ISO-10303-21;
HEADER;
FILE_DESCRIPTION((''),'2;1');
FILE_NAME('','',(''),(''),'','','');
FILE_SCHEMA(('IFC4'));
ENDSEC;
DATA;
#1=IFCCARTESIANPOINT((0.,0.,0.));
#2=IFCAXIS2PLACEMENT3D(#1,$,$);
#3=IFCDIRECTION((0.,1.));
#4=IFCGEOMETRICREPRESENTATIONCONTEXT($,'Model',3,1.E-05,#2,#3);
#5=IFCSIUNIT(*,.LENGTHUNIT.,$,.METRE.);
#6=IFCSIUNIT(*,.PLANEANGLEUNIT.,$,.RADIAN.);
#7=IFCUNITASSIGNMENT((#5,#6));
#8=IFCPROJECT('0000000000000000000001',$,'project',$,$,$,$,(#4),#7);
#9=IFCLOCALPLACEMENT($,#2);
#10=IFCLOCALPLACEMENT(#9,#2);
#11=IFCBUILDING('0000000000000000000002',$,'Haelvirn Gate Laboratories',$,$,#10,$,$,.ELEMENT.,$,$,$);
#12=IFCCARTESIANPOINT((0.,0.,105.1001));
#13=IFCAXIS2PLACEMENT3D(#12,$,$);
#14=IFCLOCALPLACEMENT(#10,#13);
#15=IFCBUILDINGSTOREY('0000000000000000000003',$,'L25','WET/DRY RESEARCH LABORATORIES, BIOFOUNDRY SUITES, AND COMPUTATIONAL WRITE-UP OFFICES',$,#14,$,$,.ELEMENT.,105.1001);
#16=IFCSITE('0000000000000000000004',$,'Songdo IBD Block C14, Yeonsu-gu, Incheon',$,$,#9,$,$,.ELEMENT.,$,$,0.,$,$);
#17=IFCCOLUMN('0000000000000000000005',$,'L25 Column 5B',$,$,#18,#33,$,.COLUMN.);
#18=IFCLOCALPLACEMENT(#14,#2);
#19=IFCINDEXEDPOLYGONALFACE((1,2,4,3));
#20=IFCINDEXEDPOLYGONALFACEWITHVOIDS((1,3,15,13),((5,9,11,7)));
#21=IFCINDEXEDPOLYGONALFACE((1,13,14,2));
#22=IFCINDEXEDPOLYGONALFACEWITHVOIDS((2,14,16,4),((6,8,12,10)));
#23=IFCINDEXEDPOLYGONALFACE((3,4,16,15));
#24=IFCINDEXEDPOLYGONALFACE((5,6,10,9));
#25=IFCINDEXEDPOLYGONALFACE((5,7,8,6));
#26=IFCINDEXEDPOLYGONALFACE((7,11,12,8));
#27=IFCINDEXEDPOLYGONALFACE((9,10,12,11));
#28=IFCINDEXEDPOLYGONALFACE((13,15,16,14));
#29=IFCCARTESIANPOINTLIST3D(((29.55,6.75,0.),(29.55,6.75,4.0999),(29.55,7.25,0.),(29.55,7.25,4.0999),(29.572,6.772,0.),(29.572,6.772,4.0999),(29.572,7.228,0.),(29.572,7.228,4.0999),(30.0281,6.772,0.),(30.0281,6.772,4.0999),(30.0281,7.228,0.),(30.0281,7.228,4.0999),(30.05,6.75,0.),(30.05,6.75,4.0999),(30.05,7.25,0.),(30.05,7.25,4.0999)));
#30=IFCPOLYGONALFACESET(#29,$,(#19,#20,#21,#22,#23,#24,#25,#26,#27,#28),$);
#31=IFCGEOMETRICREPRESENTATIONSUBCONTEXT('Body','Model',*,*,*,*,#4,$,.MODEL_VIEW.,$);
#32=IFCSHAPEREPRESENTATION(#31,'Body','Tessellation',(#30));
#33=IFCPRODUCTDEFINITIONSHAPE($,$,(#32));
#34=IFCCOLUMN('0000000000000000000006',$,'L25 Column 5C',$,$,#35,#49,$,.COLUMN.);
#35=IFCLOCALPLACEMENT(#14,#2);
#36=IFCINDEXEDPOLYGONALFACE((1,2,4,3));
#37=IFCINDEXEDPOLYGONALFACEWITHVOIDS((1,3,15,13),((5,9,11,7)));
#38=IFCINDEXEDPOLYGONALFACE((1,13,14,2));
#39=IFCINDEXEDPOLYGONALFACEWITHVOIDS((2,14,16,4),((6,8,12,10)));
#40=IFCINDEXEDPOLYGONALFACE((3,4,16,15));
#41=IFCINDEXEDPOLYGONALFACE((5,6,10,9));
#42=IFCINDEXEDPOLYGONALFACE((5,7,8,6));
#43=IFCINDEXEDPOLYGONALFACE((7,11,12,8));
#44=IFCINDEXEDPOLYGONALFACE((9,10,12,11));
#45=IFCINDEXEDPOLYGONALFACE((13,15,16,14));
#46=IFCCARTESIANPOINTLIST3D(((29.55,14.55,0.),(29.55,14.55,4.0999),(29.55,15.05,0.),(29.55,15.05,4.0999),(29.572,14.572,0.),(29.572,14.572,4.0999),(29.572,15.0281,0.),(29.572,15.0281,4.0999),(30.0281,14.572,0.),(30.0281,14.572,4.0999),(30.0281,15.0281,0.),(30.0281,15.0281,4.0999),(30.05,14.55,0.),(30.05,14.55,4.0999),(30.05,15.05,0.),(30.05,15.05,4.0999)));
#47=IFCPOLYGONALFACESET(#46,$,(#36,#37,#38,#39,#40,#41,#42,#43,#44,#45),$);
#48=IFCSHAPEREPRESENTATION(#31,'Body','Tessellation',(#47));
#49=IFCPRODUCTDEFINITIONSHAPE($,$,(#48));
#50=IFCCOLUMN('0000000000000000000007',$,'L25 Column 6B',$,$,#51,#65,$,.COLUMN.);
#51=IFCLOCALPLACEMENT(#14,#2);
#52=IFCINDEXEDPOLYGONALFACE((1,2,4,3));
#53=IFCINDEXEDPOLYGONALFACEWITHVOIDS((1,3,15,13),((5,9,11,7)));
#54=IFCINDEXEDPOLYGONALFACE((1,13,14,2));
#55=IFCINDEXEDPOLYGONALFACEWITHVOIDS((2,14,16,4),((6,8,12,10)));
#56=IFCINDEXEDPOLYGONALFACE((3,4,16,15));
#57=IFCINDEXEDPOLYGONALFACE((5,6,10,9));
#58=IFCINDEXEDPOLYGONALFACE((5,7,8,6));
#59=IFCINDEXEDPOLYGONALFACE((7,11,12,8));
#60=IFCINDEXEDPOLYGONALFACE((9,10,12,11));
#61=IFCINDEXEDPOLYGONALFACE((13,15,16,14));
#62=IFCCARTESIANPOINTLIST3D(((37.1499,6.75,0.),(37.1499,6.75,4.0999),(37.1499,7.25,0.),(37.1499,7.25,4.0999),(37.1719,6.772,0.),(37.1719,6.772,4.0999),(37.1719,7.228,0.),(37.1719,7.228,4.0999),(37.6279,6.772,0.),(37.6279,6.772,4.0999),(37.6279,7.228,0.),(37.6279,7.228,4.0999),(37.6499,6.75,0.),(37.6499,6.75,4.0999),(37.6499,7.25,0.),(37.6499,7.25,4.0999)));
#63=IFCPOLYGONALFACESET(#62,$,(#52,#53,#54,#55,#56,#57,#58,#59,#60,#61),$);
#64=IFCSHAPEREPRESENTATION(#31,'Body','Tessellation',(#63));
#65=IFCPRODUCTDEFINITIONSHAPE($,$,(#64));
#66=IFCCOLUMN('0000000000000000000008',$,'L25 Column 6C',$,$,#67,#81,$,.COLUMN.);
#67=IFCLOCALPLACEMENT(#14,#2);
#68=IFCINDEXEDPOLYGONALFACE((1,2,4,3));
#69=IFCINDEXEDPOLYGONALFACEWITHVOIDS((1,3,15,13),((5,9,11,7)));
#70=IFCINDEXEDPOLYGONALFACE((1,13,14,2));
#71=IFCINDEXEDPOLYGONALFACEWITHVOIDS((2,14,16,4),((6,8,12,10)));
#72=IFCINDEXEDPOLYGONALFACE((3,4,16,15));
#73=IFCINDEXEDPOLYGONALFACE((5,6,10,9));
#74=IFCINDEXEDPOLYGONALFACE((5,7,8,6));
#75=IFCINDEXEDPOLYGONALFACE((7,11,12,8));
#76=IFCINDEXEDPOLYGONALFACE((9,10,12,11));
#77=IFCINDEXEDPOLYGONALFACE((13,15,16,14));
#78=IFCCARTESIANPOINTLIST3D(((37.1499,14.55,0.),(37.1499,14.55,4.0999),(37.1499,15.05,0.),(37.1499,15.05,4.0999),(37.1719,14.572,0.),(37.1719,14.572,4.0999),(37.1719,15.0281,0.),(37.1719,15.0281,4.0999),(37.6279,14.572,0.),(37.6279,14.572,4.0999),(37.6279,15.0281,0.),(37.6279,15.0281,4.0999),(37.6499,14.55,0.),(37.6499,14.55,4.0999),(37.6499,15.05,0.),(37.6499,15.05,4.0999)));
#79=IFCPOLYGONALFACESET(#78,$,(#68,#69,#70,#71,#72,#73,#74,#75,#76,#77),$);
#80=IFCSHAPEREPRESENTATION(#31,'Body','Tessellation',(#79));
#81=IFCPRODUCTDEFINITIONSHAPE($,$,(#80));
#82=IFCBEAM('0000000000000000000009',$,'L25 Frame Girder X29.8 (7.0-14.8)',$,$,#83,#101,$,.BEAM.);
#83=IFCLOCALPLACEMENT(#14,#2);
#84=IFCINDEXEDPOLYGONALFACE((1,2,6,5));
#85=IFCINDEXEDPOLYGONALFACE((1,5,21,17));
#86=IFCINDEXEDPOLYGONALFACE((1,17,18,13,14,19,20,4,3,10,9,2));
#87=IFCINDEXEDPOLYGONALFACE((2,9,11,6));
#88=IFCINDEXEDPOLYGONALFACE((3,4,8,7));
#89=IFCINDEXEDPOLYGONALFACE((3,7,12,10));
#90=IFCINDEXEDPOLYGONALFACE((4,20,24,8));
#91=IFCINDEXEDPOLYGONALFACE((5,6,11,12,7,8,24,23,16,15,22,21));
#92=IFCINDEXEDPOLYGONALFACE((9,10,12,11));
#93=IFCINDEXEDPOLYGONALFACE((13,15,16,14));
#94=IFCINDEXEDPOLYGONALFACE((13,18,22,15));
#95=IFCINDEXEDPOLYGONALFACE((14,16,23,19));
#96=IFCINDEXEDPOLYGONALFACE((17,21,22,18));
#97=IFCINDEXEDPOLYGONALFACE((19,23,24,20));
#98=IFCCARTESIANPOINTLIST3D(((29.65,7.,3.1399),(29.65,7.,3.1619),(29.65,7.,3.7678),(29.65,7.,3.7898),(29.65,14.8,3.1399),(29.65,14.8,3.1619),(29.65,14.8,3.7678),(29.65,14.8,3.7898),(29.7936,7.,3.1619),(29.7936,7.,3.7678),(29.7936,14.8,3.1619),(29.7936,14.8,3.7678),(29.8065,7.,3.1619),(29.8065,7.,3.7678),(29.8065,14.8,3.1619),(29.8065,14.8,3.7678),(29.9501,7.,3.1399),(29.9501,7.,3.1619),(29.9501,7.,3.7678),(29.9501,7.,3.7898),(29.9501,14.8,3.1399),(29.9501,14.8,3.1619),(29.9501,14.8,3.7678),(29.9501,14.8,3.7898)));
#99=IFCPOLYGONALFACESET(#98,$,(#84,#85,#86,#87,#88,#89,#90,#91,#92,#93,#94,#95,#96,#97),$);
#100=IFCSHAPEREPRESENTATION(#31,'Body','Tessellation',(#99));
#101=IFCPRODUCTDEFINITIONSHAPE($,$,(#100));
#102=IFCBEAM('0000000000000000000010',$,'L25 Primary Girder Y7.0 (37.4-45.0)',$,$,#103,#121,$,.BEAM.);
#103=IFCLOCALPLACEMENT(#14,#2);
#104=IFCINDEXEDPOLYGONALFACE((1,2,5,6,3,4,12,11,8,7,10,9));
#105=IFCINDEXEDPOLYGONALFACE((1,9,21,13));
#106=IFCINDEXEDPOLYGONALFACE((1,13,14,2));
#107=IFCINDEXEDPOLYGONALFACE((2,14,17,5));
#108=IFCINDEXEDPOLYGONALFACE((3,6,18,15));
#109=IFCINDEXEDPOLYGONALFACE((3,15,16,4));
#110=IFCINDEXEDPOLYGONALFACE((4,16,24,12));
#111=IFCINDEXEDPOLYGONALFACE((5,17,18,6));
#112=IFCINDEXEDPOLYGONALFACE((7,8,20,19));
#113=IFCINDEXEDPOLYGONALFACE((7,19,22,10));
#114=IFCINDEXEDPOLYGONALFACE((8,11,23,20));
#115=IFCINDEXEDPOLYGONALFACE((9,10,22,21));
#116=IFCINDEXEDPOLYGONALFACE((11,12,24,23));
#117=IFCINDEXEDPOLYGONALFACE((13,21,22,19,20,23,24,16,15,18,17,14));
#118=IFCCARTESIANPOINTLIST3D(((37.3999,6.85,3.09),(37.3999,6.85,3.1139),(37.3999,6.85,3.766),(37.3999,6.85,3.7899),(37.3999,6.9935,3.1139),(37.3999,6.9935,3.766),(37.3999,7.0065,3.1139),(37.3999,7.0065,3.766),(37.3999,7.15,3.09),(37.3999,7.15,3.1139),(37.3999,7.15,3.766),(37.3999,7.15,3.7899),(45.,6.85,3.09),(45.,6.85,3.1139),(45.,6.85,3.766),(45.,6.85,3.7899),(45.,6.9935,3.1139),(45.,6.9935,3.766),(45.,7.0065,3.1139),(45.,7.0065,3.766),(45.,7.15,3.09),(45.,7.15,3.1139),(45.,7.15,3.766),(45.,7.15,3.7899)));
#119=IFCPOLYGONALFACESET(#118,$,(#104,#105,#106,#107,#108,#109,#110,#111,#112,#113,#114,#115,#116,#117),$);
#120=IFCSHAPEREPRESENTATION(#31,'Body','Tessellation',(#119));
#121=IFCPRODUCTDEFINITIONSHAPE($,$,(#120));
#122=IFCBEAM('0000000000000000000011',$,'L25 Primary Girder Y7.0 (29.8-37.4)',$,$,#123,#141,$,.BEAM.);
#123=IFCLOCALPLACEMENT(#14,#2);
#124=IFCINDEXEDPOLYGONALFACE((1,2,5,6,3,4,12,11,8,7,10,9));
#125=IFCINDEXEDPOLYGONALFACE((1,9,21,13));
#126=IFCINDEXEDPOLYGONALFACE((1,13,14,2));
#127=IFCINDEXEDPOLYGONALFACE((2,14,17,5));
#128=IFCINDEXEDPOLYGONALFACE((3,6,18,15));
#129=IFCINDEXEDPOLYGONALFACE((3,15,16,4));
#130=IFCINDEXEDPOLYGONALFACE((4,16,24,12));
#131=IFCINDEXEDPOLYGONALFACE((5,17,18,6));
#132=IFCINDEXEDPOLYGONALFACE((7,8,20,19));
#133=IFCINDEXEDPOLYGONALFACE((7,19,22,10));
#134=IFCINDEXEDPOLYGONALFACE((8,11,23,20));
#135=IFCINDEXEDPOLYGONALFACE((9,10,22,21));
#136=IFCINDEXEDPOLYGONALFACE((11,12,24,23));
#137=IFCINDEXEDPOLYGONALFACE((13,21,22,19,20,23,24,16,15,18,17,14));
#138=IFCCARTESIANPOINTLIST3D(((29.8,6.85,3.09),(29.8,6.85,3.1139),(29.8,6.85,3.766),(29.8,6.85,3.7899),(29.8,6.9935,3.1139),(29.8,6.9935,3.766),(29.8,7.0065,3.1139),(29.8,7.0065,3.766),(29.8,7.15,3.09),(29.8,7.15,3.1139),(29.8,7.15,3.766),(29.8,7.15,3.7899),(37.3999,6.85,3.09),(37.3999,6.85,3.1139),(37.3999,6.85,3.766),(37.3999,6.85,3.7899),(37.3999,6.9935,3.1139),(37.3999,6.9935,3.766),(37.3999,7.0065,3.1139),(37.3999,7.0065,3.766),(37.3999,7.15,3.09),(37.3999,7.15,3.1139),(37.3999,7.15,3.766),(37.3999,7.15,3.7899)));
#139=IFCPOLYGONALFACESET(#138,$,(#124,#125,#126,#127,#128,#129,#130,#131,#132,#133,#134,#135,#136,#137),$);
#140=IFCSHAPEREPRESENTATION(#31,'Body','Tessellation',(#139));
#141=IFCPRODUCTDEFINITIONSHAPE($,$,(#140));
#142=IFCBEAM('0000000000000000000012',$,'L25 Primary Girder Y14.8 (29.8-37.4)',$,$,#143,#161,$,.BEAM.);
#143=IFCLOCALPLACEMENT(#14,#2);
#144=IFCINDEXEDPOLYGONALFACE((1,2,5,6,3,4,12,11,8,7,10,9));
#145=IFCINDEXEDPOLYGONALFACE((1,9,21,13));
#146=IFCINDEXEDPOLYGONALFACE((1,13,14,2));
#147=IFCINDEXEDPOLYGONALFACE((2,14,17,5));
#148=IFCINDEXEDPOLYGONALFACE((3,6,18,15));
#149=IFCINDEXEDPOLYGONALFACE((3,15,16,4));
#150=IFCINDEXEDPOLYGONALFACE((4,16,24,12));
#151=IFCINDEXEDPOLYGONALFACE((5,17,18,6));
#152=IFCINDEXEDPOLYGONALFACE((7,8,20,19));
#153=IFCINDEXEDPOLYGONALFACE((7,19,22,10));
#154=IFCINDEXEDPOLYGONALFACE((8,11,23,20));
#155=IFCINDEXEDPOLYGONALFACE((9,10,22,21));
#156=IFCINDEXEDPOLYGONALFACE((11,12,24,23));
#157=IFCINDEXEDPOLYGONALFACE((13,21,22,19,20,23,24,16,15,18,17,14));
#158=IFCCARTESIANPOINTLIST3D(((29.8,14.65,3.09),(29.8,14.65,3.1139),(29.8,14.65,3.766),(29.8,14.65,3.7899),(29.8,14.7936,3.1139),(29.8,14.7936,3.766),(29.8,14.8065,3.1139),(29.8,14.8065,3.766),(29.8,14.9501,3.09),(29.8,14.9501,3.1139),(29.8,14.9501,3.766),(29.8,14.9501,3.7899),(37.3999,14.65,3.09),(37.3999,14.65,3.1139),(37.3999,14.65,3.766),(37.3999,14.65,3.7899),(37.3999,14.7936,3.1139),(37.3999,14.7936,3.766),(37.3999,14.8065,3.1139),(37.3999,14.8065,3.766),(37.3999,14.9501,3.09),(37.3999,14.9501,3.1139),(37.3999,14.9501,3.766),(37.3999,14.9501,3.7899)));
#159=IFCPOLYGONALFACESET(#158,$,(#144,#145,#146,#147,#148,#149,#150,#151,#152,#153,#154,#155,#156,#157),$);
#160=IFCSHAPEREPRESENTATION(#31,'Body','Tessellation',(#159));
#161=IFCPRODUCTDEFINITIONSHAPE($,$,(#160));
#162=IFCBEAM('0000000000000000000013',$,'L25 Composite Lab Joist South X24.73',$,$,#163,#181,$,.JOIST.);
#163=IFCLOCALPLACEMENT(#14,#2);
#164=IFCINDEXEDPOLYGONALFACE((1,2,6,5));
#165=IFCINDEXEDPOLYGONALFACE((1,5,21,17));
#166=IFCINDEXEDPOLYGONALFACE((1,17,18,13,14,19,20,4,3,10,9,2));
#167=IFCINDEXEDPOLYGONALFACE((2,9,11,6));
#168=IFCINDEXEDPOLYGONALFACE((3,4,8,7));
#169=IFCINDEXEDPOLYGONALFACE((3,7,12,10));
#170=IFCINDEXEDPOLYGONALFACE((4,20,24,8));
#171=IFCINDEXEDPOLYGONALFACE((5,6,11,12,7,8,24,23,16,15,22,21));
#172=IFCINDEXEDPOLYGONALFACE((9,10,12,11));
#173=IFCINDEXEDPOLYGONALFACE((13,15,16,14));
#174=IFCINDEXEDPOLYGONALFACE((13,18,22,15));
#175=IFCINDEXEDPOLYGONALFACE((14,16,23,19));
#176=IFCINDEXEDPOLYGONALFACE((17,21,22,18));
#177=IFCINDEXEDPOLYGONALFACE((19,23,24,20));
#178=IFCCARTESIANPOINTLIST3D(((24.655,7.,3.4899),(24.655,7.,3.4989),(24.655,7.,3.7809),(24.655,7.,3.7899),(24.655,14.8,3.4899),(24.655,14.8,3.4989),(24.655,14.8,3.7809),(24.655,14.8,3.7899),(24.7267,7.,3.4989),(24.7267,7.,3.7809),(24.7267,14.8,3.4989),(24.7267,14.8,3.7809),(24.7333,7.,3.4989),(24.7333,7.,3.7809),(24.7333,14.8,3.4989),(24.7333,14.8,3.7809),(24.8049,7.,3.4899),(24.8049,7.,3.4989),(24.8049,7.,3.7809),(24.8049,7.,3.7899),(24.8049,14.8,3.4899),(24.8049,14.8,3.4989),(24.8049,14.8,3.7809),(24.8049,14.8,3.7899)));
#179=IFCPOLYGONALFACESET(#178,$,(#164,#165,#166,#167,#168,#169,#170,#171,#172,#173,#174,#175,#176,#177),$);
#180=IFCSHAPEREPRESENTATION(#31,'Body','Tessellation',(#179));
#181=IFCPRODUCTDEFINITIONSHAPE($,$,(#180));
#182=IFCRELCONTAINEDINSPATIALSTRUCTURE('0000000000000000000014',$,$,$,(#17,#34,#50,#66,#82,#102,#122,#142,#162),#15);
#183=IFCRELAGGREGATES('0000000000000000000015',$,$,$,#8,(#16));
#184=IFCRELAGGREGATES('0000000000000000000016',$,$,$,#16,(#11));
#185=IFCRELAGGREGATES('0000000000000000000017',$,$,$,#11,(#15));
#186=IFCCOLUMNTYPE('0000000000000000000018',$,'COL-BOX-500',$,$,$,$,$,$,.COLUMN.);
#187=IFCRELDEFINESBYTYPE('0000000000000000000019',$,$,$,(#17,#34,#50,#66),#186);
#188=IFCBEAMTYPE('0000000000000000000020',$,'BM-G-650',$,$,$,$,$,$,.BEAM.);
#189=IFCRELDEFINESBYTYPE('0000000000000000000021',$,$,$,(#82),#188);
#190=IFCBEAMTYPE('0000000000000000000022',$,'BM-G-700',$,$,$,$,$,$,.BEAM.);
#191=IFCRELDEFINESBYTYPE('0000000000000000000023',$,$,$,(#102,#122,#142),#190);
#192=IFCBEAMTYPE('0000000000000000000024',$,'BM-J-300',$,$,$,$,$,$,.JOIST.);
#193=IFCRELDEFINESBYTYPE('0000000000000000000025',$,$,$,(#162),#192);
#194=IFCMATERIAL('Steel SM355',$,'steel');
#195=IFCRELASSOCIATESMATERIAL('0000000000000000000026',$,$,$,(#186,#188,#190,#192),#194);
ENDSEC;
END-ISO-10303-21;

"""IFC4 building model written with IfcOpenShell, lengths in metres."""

from ifc_helpers import new_model, si_unit, direction, frame, origin, origin_2d, place, context, subcontext, project, spatial, hollow_rectangle, i_section, extrude, source, transform, mapped, material, material_profile, profile_set, type_object, type_shapes, element, save


model = new_model("IFC4")

# Units and contexts
model_context = context("Model", 3, precision=1e-05, world=origin(), true_north=direction((0.0, 1.0)))
body_context = subcontext(model_context, "Body", "Model", "MODEL_VIEW")
ifc_project = project(units=[si_unit("LENGTHUNIT", "METRE"), si_unit("PLANEANGLEUNIT", "RADIAN")], contexts=[model_context])

# Site, building, storey
site_placement = place(None, origin())
site = spatial("IfcSite", under=ifc_project, at=site_placement, Name="Songdo IBD Block C14, Yeonsu-gu, Incheon", CompositionType="ELEMENT", RefElevation=0.0)
building_placement = place(site_placement, origin())
building = spatial("IfcBuilding", under=site, at=building_placement, Name="Haelvirn Gate Laboratories", CompositionType="ELEMENT")
storey_placement = place(building_placement, frame((0.0, 0.0, 105.1001)))
storey = spatial("IfcBuildingStorey", under=building, at=storey_placement, Name="L25", Description="WET/DRY RESEARCH LABORATORIES, BIOFOUNDRY SUITES, AND COMPUTATIONAL WRITE-UP OFFICES", CompositionType="ELEMENT", Elevation=105.1001)

# Columns
ifc_material_1 = material(Name="Steel SM355", Category="steel")
ifc_material_profile_1 = material_profile(ifc_material_1, hollow_rectangle(XDim=0.5, YDim=0.5, WallThickness=0.022, at=origin_2d()), Name="BOX-500x500x22")
ifc_profile_set_1 = profile_set([ifc_material_profile_1], Name="Steel SM355")
column_type = type_object("IfcColumnType", Name="COL-BOX-500", PredefinedType="COLUMN", material=ifc_profile_set_1)
shared_shape_1 = source(origin(), body_context, "Body", "SweptSolid", [
    extrude(hollow_rectangle(XDim=0.5, YDim=0.5, WallThickness=0.022, at=origin_2d()), origin(), (0.0, 0.0, 1.0), 4.0999),
])
type_shapes(column_type, [shared_shape_1])
for number, where, z_axis, x_axis, name in (
    (1, (29.8, 7.0, 0.0), (0.0, 0.0, 1.0), (1.0, 0.0, 0.0), "L25 Column 5B"),
    (2, (29.8, 14.8, 0.0), (0.0, 0.0, 1.0), (1.0, 0.0, 0.0), "L25 Column 5C"),
    (3, (37.3999, 7.0, 0.0), (0.0, 0.0, 1.0), (1.0, 0.0, 0.0), "L25 Column 6B"),
    (4, (37.3999, 14.8, 0.0), (0.0, 0.0, 1.0), (1.0, 0.0, 0.0), "L25 Column 6C"),
):
    element("IfcColumn", number, at=place(storey_placement, frame(where, z_axis=z_axis, x_axis=x_axis)), inside=storey, type_object=column_type, Name=name, PredefinedType="COLUMN", context=body_context, shape_type="MappedRepresentation", body=[
        mapped(shared_shape_1, transform((0.0, 0.0, 0.0), scale=1.0)),
    ])

# Beams
ifc_material_profile_2 = material_profile(ifc_material_1, i_section(OverallWidth=0.3, OverallDepth=0.6499, WebThickness=0.0129, FlangeThickness=0.022, at=origin_2d()), Name="H-650x300x13x22")
ifc_profile_set_2 = profile_set([ifc_material_profile_2], Name="Steel SM355")
beam_type_1 = type_object("IfcBeamType", Name="BM-G-650", PredefinedType="BEAM", material=ifc_profile_set_2)
shared_shape_2 = source(origin(), body_context, "Body", "SweptSolid", [
    extrude(i_section(OverallWidth=0.3, OverallDepth=0.6499, WebThickness=0.0129, FlangeThickness=0.022, at=origin_2d()), origin(), (0.0, 0.0, 1.0), 7.8),
])
type_shapes(beam_type_1, [shared_shape_2])
beam_1_placement = place(storey_placement, frame((29.8, 7.0, 3.4648), z_axis=(0.0, 1.0, 0.0), x_axis=(-1.0, 0.0, 0.0)))
element("IfcBeam", 5, at=beam_1_placement, inside=storey, type_object=beam_type_1, Name="L25 Frame Girder X29.8 (7.0-14.8)", PredefinedType="BEAM", context=body_context, shape_type="MappedRepresentation", body=[
    mapped(shared_shape_2, transform((0.0, 0.0, 0.0), scale=1.0)),
])
ifc_material_profile_3 = material_profile(ifc_material_1, i_section(OverallWidth=0.3, OverallDepth=0.7, WebThickness=0.0129, FlangeThickness=0.0239, at=origin_2d()), Name="H-700x300x13x24")
ifc_profile_set_3 = profile_set([ifc_material_profile_3], Name="Steel SM355")
beam_type_2 = type_object("IfcBeamType", Name="BM-G-700", PredefinedType="BEAM", material=ifc_profile_set_3)
shared_shape_3 = source(origin(), body_context, "Body", "SweptSolid", [
    extrude(i_section(OverallWidth=0.3, OverallDepth=0.7, WebThickness=0.0129, FlangeThickness=0.0239, at=origin_2d()), origin(), (0.0, 0.0, 1.0), 7.6001),
])
beam_2_placement = place(storey_placement, frame((37.3999, 7.0, 3.4399), z_axis=(1.0, 0.0, 0.0), x_axis=(0.0, 1.0, 0.0)))
element("IfcBeam", 6, at=beam_2_placement, inside=storey, type_object=beam_type_2, Name="L25 Primary Girder Y7.0 (37.4-45.0)", PredefinedType="BEAM", context=body_context, shape_type="MappedRepresentation", body=[
    mapped(shared_shape_3, transform((0.0, 0.0, 0.0), scale=1.0)),
])
shared_shape_4 = source(origin(), body_context, "Body", "SweptSolid", [
    extrude(i_section(OverallWidth=0.3, OverallDepth=0.7, WebThickness=0.0129, FlangeThickness=0.0239, at=origin_2d()), origin(), (0.0, 0.0, 1.0), 7.5999),
])
type_shapes(beam_type_2, [shared_shape_3, shared_shape_4])
for number, where, z_axis, x_axis, name in (
    (7, (29.8, 7.0, 3.4399), (1.0, 0.0, 0.0), (0.0, 1.0, 0.0), "L25 Primary Girder Y7.0 (29.8-37.4)"),
    (8, (29.8, 14.8, 3.4399), (1.0, 0.0, 0.0), (0.0, 1.0, 0.0), "L25 Primary Girder Y14.8 (29.8-37.4)"),
):
    element("IfcBeam", number, at=place(storey_placement, frame(where, z_axis=z_axis, x_axis=x_axis)), inside=storey, type_object=beam_type_2, Name=name, PredefinedType="BEAM", context=body_context, shape_type="MappedRepresentation", body=[
        mapped(shared_shape_4, transform((0.0, 0.0, 0.0), scale=1.0)),
    ])
ifc_material_profile_4 = material_profile(ifc_material_1, i_section(OverallWidth=0.1499, OverallDepth=0.3, WebThickness=0.0066, FlangeThickness=0.009, at=origin_2d()), Name="H-300x150x6.5x9")
ifc_profile_set_4 = profile_set([ifc_material_profile_4], Name="Steel SM355")
beam_type_3 = type_object("IfcBeamType", Name="BM-J-300", PredefinedType="JOIST", material=ifc_profile_set_4)
shared_shape_5 = source(origin(), body_context, "Body", "SweptSolid", [
    extrude(i_section(OverallWidth=0.1499, OverallDepth=0.3, WebThickness=0.0066, FlangeThickness=0.009, at=origin_2d()), origin(), (0.0, 0.0, 1.0), 7.8),
])
type_shapes(beam_type_3, [shared_shape_5])
for number, where, z_axis, x_axis, name in (
    (9, (24.73, 7.0, 3.6399), (0.0, 1.0, 0.0), (-1.0, 0.0, 0.0), "L25 Composite Lab Joist South X24.73"),
):
    element("IfcBeam", number, at=place(storey_placement, frame(where, z_axis=z_axis, x_axis=x_axis)), inside=storey, type_object=beam_type_3, Name=name, PredefinedType="JOIST", context=body_context, shape_type="MappedRepresentation", body=[
        mapped(shared_shape_5, transform((0.0, 0.0, 0.0), scale=1.0)),
    ])

save(model, "model.ifc")
